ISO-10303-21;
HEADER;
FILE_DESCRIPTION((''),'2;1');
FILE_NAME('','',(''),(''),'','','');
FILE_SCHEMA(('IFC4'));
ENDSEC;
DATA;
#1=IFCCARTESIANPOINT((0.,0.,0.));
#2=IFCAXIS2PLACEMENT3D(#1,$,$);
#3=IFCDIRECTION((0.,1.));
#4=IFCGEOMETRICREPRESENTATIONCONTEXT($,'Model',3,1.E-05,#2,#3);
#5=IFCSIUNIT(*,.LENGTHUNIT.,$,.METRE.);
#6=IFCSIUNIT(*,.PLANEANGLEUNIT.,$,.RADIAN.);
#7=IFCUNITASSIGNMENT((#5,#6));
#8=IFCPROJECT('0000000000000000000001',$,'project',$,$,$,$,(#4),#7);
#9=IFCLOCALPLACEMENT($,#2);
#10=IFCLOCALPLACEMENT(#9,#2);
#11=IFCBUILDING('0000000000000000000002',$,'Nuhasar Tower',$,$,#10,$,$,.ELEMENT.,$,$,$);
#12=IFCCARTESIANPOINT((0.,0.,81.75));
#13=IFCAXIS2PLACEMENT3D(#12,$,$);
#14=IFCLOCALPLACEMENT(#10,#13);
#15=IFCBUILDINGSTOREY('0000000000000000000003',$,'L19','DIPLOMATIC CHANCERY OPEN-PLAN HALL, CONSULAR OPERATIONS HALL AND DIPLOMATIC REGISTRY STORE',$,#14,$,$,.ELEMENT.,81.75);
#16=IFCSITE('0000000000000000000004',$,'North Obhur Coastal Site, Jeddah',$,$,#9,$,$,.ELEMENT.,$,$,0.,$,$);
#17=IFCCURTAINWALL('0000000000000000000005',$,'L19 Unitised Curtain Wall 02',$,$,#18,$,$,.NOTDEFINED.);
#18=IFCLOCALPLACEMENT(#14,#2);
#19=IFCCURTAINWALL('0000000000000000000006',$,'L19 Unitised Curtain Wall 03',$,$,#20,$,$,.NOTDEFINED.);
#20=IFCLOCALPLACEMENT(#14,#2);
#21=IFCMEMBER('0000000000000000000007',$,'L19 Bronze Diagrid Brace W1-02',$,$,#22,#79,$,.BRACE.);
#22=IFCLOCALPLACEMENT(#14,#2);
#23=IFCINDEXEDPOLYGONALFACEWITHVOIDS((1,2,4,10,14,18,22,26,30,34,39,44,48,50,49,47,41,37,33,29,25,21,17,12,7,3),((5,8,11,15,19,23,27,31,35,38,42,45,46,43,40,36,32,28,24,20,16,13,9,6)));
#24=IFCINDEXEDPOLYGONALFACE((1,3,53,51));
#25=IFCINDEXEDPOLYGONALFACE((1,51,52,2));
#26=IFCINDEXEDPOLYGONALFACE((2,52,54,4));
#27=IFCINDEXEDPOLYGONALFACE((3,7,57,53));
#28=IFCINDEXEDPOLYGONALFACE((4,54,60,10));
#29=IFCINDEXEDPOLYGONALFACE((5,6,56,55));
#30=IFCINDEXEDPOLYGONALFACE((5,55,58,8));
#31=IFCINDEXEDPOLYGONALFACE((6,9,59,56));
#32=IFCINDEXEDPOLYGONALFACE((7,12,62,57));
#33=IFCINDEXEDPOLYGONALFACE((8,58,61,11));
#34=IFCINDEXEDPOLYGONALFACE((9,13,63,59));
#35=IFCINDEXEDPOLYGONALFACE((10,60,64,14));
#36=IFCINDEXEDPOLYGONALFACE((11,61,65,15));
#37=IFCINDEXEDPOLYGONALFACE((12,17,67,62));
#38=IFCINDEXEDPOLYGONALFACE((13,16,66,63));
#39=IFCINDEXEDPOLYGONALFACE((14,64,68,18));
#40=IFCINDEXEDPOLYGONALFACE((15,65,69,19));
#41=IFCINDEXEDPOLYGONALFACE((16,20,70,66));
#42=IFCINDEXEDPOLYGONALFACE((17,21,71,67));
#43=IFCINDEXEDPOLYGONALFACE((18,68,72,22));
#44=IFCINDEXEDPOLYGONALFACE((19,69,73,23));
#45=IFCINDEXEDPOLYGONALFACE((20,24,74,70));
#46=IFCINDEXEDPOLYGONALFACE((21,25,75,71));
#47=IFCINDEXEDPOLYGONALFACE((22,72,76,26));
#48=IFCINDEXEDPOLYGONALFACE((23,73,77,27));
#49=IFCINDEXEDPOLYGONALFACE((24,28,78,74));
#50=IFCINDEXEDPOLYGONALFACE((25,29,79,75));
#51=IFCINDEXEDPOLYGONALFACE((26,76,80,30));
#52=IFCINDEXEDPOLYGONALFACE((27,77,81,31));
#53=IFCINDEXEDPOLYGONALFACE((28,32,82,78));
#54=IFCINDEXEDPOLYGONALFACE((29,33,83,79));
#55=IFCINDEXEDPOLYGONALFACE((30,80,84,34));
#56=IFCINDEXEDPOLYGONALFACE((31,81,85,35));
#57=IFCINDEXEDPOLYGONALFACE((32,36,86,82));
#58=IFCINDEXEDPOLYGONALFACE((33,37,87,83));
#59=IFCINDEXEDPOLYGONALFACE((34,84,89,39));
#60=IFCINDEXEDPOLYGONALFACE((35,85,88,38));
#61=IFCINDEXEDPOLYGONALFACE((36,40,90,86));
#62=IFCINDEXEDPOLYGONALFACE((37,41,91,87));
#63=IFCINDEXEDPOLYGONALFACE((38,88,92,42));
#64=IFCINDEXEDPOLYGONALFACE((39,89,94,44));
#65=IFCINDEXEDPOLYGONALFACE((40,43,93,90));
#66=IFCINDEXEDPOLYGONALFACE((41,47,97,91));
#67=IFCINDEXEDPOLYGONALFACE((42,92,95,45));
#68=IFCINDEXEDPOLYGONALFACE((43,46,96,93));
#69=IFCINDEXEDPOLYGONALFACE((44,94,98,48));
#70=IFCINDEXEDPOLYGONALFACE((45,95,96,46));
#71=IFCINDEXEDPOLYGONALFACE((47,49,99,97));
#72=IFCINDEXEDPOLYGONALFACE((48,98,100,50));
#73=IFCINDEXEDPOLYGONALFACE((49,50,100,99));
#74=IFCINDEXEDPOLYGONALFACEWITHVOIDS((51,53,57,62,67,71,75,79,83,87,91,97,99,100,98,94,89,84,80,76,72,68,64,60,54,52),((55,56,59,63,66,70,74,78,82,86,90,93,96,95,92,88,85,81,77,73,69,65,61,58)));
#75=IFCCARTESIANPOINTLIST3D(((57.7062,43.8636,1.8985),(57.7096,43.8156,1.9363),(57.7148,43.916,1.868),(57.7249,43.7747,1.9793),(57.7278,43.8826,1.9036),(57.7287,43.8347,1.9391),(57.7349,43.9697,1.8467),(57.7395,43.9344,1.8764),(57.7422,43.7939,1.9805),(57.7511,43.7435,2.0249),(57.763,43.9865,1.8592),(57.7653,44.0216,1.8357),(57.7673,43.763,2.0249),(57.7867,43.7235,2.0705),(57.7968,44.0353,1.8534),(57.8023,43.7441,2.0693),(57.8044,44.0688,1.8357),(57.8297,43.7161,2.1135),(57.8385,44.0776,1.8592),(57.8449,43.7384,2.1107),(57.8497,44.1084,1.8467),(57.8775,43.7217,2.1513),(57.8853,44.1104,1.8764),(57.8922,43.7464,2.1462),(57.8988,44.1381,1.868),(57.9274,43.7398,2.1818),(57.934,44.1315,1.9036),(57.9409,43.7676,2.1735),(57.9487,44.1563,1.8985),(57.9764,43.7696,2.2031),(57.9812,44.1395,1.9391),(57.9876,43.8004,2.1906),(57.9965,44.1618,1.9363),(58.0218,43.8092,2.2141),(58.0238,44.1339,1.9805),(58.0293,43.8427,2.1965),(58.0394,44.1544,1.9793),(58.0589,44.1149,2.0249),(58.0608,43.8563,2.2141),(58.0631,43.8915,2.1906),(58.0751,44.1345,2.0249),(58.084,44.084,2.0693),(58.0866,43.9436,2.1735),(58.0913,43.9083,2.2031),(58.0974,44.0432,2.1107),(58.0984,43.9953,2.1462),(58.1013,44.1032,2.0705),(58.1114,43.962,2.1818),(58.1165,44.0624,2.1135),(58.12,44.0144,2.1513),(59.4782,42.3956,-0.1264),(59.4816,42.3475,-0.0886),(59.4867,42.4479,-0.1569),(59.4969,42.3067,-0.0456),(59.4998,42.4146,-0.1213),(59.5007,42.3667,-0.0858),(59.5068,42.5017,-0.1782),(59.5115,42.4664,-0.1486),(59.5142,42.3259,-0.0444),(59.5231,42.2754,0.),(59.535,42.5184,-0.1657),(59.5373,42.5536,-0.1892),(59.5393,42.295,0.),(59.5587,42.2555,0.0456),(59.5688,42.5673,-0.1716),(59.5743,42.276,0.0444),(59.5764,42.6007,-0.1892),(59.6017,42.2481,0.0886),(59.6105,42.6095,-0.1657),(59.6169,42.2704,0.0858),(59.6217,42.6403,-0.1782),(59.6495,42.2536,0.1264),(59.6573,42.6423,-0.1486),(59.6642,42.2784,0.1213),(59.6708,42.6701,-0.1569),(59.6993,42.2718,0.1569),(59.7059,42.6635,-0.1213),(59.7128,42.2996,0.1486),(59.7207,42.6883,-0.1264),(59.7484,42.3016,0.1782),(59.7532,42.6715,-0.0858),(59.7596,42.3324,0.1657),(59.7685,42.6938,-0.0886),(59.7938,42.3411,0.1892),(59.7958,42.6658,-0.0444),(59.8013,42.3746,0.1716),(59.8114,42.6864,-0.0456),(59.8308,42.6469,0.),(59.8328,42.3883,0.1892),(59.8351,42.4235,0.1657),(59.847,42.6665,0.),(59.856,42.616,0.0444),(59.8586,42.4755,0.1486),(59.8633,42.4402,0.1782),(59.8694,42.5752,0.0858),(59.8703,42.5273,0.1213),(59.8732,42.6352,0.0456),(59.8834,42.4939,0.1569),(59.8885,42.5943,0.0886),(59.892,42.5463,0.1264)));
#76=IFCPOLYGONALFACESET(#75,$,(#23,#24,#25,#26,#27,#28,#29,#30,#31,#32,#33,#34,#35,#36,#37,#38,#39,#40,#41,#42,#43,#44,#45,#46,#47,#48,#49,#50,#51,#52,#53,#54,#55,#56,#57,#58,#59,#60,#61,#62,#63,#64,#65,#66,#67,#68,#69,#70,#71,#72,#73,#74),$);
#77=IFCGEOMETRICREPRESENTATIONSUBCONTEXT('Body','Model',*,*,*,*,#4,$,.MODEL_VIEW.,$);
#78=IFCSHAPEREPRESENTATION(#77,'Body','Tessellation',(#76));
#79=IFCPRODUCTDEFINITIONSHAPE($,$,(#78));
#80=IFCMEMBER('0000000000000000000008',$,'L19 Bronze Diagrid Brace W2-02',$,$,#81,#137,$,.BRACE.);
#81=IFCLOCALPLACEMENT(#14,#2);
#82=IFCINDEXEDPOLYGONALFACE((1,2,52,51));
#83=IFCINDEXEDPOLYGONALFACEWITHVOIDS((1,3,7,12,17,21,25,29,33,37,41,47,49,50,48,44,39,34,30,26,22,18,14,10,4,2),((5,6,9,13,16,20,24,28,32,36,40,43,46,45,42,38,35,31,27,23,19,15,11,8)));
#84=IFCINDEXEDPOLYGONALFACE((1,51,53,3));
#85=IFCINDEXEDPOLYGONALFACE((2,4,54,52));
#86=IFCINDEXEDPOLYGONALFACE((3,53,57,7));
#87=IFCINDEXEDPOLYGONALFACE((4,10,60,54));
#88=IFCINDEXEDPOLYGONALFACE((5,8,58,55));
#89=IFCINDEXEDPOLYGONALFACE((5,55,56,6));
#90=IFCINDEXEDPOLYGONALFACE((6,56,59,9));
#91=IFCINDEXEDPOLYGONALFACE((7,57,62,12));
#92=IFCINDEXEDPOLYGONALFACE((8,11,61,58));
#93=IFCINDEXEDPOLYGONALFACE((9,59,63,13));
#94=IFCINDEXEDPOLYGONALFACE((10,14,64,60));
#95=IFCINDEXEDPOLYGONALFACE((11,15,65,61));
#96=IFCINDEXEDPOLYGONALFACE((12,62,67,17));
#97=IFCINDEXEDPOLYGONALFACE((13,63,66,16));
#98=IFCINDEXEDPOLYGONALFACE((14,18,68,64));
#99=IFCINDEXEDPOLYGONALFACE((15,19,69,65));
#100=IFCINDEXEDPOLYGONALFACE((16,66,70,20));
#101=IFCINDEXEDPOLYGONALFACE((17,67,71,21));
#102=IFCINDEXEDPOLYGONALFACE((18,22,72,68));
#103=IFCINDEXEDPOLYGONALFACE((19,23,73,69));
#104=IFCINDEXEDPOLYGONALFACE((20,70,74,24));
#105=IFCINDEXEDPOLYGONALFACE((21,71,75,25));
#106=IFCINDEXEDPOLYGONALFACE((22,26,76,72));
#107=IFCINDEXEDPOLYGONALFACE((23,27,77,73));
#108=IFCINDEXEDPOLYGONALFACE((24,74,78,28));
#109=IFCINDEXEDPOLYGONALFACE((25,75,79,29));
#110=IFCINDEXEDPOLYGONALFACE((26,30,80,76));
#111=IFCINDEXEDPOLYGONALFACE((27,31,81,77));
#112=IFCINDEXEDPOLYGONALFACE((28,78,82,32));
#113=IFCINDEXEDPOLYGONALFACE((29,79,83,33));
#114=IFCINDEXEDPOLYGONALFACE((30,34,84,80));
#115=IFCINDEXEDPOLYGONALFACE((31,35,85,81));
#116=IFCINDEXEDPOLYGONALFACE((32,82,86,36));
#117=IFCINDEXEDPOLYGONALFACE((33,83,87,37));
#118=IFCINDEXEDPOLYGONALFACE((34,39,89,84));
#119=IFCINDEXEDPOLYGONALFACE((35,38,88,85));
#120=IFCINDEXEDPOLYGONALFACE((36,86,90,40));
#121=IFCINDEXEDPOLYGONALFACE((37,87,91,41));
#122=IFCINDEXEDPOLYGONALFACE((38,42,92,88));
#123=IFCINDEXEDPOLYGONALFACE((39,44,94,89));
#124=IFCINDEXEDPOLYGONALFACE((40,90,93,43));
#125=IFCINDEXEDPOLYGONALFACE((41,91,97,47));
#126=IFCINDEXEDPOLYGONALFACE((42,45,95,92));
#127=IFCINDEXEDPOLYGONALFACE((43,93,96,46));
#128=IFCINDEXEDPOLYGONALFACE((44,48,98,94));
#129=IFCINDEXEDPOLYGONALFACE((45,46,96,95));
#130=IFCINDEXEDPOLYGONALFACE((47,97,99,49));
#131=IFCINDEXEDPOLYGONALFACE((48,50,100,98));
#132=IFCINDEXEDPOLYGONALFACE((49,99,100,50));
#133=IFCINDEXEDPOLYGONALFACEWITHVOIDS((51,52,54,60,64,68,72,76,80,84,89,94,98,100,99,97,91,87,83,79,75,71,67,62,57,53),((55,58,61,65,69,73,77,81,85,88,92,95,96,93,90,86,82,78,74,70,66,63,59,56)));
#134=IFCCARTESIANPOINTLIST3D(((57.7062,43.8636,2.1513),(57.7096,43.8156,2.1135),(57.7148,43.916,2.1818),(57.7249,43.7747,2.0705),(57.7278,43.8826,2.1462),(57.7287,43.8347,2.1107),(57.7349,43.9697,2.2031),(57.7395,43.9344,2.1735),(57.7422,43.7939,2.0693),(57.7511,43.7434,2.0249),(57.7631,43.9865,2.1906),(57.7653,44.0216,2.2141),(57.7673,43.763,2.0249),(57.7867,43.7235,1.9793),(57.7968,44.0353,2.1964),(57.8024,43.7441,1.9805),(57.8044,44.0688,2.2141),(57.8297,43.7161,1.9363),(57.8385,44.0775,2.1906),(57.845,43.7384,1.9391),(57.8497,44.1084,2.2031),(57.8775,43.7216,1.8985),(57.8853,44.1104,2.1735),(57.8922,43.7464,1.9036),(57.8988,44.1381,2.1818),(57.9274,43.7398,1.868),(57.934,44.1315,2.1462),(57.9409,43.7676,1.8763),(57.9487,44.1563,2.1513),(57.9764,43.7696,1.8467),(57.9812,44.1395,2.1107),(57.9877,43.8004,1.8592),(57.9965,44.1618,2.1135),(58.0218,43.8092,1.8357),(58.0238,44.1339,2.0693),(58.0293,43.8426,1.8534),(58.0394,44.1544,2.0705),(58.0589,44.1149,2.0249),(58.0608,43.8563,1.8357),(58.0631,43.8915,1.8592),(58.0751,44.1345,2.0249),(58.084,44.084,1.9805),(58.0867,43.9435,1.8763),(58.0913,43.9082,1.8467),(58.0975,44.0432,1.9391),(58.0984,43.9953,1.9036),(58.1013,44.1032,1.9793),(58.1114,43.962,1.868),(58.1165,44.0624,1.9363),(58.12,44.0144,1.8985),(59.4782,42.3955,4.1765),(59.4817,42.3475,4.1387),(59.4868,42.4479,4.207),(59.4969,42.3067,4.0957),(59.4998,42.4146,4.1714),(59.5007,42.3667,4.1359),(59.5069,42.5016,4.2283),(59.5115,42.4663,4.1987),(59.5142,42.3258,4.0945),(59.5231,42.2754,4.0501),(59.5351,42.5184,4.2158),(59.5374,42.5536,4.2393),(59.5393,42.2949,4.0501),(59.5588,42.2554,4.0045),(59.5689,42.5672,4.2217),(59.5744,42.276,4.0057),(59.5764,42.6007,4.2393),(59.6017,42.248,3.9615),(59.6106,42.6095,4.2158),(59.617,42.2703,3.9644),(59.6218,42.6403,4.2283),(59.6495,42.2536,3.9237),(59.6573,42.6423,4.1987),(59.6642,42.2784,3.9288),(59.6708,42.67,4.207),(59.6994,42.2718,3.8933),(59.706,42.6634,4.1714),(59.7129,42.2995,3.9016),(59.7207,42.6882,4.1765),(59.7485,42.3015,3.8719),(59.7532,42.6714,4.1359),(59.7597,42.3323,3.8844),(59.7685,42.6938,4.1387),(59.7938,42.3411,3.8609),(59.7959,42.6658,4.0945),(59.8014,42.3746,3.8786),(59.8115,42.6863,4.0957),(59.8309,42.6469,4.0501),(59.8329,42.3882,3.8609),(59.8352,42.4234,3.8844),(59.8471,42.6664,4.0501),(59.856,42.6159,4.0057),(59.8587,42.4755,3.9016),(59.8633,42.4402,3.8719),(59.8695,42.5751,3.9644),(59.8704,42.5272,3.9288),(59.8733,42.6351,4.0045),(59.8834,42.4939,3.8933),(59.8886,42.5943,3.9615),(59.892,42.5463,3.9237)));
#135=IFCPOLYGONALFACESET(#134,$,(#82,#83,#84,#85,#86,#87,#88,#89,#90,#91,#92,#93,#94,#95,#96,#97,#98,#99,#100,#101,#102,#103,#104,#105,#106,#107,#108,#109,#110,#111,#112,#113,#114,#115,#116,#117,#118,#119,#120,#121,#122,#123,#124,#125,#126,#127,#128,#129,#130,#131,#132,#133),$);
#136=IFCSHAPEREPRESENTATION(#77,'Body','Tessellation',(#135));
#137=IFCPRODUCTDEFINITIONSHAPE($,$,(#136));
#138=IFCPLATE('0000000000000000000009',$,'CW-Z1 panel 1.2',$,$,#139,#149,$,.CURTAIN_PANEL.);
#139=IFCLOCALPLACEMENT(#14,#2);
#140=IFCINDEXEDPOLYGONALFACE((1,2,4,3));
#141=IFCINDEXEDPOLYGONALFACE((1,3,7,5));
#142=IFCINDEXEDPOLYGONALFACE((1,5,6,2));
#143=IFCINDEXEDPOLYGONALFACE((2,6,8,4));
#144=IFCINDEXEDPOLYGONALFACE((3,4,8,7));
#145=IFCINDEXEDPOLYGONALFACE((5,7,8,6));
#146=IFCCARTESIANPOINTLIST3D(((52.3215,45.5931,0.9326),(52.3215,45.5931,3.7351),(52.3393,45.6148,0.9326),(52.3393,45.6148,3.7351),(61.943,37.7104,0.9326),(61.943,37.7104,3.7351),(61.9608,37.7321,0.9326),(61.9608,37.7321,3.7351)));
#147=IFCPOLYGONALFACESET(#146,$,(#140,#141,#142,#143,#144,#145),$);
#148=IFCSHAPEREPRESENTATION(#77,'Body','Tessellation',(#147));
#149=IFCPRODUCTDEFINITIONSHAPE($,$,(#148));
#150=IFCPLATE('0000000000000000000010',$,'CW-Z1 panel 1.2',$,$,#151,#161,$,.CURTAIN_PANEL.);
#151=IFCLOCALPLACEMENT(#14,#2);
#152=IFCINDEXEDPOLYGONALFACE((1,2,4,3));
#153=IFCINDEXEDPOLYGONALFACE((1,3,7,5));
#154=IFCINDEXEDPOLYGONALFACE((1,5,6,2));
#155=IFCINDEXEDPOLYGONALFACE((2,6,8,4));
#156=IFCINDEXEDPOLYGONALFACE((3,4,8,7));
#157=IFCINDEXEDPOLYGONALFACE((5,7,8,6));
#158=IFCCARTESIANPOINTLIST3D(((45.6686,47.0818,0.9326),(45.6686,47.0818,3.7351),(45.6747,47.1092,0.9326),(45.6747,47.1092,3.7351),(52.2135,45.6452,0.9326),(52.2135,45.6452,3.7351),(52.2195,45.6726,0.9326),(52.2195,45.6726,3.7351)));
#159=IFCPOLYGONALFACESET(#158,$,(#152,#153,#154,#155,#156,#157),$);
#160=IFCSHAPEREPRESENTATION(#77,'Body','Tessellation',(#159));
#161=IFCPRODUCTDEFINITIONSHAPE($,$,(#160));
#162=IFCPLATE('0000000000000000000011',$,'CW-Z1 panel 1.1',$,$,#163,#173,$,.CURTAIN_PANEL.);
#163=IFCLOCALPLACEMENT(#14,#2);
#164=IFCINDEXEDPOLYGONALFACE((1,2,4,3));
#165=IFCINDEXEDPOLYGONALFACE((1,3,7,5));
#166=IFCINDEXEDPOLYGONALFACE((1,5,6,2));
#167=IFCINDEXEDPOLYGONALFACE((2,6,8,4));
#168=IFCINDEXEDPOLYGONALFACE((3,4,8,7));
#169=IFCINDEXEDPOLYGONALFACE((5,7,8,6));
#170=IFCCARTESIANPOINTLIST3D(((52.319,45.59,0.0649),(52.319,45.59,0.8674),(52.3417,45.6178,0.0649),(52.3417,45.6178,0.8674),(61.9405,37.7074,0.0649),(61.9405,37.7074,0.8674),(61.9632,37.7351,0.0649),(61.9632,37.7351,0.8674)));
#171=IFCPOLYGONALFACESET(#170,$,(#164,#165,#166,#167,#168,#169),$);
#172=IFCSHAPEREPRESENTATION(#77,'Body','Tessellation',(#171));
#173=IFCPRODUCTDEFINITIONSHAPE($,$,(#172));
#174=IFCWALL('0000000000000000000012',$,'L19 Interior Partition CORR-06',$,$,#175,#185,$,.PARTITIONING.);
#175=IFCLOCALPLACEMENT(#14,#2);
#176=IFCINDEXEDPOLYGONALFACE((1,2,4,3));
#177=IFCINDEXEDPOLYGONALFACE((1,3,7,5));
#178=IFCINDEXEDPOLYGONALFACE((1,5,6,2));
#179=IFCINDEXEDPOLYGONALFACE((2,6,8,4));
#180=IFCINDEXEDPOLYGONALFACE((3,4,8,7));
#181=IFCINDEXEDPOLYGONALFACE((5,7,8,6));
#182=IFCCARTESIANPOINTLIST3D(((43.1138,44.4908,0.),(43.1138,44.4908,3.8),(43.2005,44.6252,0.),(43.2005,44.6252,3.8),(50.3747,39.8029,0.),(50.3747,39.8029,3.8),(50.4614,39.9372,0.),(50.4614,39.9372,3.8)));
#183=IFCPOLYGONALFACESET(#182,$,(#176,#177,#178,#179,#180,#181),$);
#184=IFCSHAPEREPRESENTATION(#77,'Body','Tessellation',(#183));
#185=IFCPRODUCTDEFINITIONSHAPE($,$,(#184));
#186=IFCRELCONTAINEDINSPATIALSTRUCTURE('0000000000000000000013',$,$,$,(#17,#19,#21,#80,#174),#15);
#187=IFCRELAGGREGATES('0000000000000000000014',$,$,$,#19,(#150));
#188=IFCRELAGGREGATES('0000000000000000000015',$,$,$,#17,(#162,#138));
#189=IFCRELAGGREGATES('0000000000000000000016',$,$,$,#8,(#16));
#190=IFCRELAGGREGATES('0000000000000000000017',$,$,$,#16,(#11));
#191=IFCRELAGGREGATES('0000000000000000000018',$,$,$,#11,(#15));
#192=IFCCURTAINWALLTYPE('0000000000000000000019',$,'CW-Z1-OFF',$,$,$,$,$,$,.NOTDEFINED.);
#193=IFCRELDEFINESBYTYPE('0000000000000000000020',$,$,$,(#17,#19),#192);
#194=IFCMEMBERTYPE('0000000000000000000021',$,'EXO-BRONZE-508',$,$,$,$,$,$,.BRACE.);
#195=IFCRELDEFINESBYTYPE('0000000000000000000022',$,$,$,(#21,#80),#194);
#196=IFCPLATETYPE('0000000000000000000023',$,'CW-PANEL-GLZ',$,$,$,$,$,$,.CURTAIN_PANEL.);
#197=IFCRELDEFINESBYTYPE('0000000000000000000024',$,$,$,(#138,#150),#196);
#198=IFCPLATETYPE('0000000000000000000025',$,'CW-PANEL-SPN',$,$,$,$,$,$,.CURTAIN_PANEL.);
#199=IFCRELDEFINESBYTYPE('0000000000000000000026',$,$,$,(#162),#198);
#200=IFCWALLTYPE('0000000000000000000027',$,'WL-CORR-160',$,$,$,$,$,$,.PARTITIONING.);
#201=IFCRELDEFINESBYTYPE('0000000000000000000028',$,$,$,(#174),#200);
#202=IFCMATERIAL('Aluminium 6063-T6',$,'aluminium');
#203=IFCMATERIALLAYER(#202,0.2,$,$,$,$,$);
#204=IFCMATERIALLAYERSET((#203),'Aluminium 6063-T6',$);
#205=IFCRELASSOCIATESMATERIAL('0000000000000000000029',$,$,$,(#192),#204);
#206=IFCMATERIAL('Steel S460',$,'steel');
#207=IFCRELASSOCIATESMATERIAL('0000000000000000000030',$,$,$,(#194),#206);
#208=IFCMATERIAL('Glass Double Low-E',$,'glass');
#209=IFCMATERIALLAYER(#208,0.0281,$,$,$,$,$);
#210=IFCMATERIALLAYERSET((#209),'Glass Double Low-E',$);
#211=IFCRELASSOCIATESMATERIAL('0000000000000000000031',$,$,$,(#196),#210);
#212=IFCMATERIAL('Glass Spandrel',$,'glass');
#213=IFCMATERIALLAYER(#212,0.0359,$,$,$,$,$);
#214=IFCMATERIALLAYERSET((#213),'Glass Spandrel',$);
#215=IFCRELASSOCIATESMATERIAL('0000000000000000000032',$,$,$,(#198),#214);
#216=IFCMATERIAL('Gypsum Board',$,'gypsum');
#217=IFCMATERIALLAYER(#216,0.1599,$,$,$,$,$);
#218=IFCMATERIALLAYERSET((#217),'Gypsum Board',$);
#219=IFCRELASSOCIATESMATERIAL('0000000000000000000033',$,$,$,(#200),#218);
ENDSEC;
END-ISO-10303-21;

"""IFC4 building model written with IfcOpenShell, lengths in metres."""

from ifc_helpers import new_model, si_unit, direction, frame, frame_2d, origin, origin_2d, place, context, subcontext, project, spatial, rectangle, hollow_circle, extrude, material, layer, layer_set, material_profile, profile_set, type_object, element, aggregate, save


model = new_model("IFC4")

# Units and contexts
model_context = context("Model", 3, precision=1e-05, world=origin(), true_north=direction((0.0, 1.0)))
body_context = subcontext(model_context, "Body", "Model", "MODEL_VIEW")
ifc_project = project(units=[si_unit("LENGTHUNIT", "METRE"), si_unit("PLANEANGLEUNIT", "RADIAN")], contexts=[model_context])

# Site, building, storey
site_placement = place(None, origin())
site = spatial("IfcSite", under=ifc_project, at=site_placement, Name="North Obhur Coastal Site, Jeddah", CompositionType="ELEMENT", RefElevation=0.0)
building_placement = place(site_placement, origin())
building = spatial("IfcBuilding", under=site, at=building_placement, Name="Nuhasar Tower", CompositionType="ELEMENT")
storey_placement = place(building_placement, frame((0.0, 0.0, 81.75)))
storey = spatial("IfcBuildingStorey", under=building, at=storey_placement, Name="L19", Description="DIPLOMATIC CHANCERY OPEN-PLAN HALL, CONSULAR OPERATIONS HALL AND DIPLOMATIC REGISTRY STORE", CompositionType="ELEMENT", Elevation=81.75)

# Shared definitions
ifc_material_1 = material(Name="Aluminium 6063-T6", Category="aluminium")
ifc_layer_1 = layer(ifc_material_1, 0.2)
ifc_layer_set_1 = layer_set([ifc_layer_1], Name="Aluminium 6063-T6")
curtain_wall_type = type_object("IfcCurtainWallType", Name="CW-Z1-OFF", PredefinedType="NOTDEFINED", material=ifc_layer_set_1)

# Curtain wall
curtain_wall_1_placement = place(storey_placement, origin())
curtain_wall_1 = element("IfcCurtainWall", 1, at=curtain_wall_1_placement, inside=storey, type_object=curtain_wall_type, Name="L19 Unitised Curtain Wall 02", PredefinedType="NOTDEFINED")

# Curtain wall
curtain_wall_2_placement = place(storey_placement, origin())
curtain_wall_2 = element("IfcCurtainWall", 2, at=curtain_wall_2_placement, inside=storey, type_object=curtain_wall_type, Name="L19 Unitised Curtain Wall 03", PredefinedType="NOTDEFINED")

# Members
ifc_material_2 = material(Name="Steel S460", Category="steel")
ifc_material_profile_1 = material_profile(ifc_material_2, hollow_circle(Radius=0.2539, WallThickness=0.0254, at=origin_2d()), Name="HSS508X25.4")
ifc_profile_set_1 = profile_set([ifc_material_profile_1], Name="Steel S460")
member_type_1 = type_object("IfcMemberType", Name="EXO-BRONZE-508", PredefinedType="BRACE", material=ifc_profile_set_1)
member_1_placement = place(storey_placement, frame((59.6851, 42.4709, 0.0), z_axis=(-0.578102, 0.478937, 0.660619), x_axis=(-0.637969, -0.770062, 0.0)))
element("IfcMember", 3, at=member_1_placement, inside=storey, type_object=member_type_1, Name="L19 Bronze Diagrid Brace W1-02", PredefinedType="BRACE", context=body_context, shape_type="SweptSolid", body=[
    extrude(hollow_circle(Radius=0.2539, WallThickness=0.0254, at=origin_2d()), origin(), (0.0, 0.0, 1.0), 3.0652),
])
member_2_placement = place(storey_placement, frame((57.9131, 43.939, 2.0249), z_axis=(0.578071, -0.478912, 0.660664), x_axis=(0.637969, 0.770062, 0.0)))
element("IfcMember", 4, at=member_2_placement, inside=storey, type_object=member_type_1, Name="L19 Bronze Diagrid Brace W2-02", PredefinedType="BRACE", context=body_context, shape_type="SweptSolid", body=[
    extrude(hollow_circle(Radius=0.2539, WallThickness=0.0254, at=origin_2d()), origin(), (0.0, 0.0, 1.0), 3.0654),
])

# Plates
ifc_material_3 = material(Name="Glass Double Low-E", Category="glass")
ifc_layer_2 = layer(ifc_material_3, 0.0281)
ifc_layer_set_2 = layer_set([ifc_layer_2], Name="Glass Double Low-E")
plate_type_1 = type_object("IfcPlateType", Name="CW-PANEL-GLZ", PredefinedType="CURTAIN_PANEL", material=ifc_layer_set_2)
plate_1_placement = place(storey_placement, frame((57.1411, 41.6626, 0.9326), z_axis=(0.0, 0.0, 1.0), x_axis=(-0.773542, 0.633745, 0.0)))
plate_1 = element("IfcPlate", 5, at=plate_1_placement, type_object=plate_type_1, Name="CW-Z1 panel 1.2", PredefinedType="CURTAIN_PANEL", context=body_context, shape_type="SweptSolid", body=[
    extrude(rectangle(XDim=12.4382, YDim=0.0281, at=origin_2d()), origin(), (0.0, 0.0, 1.0), 2.8025),
])
plate_2_placement = place(storey_placement, frame((48.9441, 46.3772, 0.9326), z_axis=(0.0, 0.0, 1.0), x_axis=(-0.976746, 0.214399, 0.0)))
plate_2 = element("IfcPlate", 6, at=plate_2_placement, type_object=plate_type_1, Name="CW-Z1 panel 1.2", PredefinedType="CURTAIN_PANEL", context=body_context, shape_type="SweptSolid", body=[
    extrude(rectangle(XDim=6.7007, YDim=0.0281, at=origin_2d()), origin(), (0.0, 0.0, 1.0), 2.8025),
])
aggregate(curtain_wall_2, [plate_2])
ifc_material_4 = material(Name="Glass Spandrel", Category="glass")
ifc_layer_3 = layer(ifc_material_4, 0.0359)
ifc_layer_set_3 = layer_set([ifc_layer_3], Name="Glass Spandrel")
plate_type_2 = type_object("IfcPlateType", Name="CW-PANEL-SPN", PredefinedType="CURTAIN_PANEL", material=ifc_layer_set_3)
plate_3_placement = place(storey_placement, frame((57.1411, 41.6626, 0.0649), z_axis=(0.0, 0.0, 1.0), x_axis=(-0.773542, 0.633745, 0.0)))
plate_3 = element("IfcPlate", 7, at=plate_3_placement, type_object=plate_type_2, Name="CW-Z1 panel 1.1", PredefinedType="CURTAIN_PANEL", context=body_context, shape_type="SweptSolid", body=[
    extrude(rectangle(XDim=12.4382, YDim=0.0359, at=origin_2d()), origin(), (0.0, 0.0, 1.0), 0.8025),
])
aggregate(curtain_wall_1, [plate_3, plate_1])

# Wall
ifc_material_5 = material(Name="Gypsum Board", Category="gypsum")
ifc_layer_4 = layer(ifc_material_5, 0.1599)
ifc_layer_set_4 = layer_set([ifc_layer_4], Name="Gypsum Board")
wall_type = type_object("IfcWallType", Name="WL-CORR-160", PredefinedType="PARTITIONING", material=ifc_layer_set_4)
wall_placement = place(storey_placement, frame((50.418, 39.8701, 0.0), z_axis=(0.0, 0.0, 1.0), x_axis=(-0.840113, 0.542411, 0.0)))
element("IfcWall", 8, at=wall_placement, inside=storey, type_object=wall_type, Name="L19 Interior Partition CORR-06", PredefinedType="PARTITIONING", context=body_context, shape_type="SweptSolid", body=[
    extrude(rectangle(XDim=8.6428, YDim=0.1599, at=frame_2d((4.3213, 0.0))), origin(), (0.0, 0.0, 1.0), 3.8),
])

save(model, "model.ifc")
